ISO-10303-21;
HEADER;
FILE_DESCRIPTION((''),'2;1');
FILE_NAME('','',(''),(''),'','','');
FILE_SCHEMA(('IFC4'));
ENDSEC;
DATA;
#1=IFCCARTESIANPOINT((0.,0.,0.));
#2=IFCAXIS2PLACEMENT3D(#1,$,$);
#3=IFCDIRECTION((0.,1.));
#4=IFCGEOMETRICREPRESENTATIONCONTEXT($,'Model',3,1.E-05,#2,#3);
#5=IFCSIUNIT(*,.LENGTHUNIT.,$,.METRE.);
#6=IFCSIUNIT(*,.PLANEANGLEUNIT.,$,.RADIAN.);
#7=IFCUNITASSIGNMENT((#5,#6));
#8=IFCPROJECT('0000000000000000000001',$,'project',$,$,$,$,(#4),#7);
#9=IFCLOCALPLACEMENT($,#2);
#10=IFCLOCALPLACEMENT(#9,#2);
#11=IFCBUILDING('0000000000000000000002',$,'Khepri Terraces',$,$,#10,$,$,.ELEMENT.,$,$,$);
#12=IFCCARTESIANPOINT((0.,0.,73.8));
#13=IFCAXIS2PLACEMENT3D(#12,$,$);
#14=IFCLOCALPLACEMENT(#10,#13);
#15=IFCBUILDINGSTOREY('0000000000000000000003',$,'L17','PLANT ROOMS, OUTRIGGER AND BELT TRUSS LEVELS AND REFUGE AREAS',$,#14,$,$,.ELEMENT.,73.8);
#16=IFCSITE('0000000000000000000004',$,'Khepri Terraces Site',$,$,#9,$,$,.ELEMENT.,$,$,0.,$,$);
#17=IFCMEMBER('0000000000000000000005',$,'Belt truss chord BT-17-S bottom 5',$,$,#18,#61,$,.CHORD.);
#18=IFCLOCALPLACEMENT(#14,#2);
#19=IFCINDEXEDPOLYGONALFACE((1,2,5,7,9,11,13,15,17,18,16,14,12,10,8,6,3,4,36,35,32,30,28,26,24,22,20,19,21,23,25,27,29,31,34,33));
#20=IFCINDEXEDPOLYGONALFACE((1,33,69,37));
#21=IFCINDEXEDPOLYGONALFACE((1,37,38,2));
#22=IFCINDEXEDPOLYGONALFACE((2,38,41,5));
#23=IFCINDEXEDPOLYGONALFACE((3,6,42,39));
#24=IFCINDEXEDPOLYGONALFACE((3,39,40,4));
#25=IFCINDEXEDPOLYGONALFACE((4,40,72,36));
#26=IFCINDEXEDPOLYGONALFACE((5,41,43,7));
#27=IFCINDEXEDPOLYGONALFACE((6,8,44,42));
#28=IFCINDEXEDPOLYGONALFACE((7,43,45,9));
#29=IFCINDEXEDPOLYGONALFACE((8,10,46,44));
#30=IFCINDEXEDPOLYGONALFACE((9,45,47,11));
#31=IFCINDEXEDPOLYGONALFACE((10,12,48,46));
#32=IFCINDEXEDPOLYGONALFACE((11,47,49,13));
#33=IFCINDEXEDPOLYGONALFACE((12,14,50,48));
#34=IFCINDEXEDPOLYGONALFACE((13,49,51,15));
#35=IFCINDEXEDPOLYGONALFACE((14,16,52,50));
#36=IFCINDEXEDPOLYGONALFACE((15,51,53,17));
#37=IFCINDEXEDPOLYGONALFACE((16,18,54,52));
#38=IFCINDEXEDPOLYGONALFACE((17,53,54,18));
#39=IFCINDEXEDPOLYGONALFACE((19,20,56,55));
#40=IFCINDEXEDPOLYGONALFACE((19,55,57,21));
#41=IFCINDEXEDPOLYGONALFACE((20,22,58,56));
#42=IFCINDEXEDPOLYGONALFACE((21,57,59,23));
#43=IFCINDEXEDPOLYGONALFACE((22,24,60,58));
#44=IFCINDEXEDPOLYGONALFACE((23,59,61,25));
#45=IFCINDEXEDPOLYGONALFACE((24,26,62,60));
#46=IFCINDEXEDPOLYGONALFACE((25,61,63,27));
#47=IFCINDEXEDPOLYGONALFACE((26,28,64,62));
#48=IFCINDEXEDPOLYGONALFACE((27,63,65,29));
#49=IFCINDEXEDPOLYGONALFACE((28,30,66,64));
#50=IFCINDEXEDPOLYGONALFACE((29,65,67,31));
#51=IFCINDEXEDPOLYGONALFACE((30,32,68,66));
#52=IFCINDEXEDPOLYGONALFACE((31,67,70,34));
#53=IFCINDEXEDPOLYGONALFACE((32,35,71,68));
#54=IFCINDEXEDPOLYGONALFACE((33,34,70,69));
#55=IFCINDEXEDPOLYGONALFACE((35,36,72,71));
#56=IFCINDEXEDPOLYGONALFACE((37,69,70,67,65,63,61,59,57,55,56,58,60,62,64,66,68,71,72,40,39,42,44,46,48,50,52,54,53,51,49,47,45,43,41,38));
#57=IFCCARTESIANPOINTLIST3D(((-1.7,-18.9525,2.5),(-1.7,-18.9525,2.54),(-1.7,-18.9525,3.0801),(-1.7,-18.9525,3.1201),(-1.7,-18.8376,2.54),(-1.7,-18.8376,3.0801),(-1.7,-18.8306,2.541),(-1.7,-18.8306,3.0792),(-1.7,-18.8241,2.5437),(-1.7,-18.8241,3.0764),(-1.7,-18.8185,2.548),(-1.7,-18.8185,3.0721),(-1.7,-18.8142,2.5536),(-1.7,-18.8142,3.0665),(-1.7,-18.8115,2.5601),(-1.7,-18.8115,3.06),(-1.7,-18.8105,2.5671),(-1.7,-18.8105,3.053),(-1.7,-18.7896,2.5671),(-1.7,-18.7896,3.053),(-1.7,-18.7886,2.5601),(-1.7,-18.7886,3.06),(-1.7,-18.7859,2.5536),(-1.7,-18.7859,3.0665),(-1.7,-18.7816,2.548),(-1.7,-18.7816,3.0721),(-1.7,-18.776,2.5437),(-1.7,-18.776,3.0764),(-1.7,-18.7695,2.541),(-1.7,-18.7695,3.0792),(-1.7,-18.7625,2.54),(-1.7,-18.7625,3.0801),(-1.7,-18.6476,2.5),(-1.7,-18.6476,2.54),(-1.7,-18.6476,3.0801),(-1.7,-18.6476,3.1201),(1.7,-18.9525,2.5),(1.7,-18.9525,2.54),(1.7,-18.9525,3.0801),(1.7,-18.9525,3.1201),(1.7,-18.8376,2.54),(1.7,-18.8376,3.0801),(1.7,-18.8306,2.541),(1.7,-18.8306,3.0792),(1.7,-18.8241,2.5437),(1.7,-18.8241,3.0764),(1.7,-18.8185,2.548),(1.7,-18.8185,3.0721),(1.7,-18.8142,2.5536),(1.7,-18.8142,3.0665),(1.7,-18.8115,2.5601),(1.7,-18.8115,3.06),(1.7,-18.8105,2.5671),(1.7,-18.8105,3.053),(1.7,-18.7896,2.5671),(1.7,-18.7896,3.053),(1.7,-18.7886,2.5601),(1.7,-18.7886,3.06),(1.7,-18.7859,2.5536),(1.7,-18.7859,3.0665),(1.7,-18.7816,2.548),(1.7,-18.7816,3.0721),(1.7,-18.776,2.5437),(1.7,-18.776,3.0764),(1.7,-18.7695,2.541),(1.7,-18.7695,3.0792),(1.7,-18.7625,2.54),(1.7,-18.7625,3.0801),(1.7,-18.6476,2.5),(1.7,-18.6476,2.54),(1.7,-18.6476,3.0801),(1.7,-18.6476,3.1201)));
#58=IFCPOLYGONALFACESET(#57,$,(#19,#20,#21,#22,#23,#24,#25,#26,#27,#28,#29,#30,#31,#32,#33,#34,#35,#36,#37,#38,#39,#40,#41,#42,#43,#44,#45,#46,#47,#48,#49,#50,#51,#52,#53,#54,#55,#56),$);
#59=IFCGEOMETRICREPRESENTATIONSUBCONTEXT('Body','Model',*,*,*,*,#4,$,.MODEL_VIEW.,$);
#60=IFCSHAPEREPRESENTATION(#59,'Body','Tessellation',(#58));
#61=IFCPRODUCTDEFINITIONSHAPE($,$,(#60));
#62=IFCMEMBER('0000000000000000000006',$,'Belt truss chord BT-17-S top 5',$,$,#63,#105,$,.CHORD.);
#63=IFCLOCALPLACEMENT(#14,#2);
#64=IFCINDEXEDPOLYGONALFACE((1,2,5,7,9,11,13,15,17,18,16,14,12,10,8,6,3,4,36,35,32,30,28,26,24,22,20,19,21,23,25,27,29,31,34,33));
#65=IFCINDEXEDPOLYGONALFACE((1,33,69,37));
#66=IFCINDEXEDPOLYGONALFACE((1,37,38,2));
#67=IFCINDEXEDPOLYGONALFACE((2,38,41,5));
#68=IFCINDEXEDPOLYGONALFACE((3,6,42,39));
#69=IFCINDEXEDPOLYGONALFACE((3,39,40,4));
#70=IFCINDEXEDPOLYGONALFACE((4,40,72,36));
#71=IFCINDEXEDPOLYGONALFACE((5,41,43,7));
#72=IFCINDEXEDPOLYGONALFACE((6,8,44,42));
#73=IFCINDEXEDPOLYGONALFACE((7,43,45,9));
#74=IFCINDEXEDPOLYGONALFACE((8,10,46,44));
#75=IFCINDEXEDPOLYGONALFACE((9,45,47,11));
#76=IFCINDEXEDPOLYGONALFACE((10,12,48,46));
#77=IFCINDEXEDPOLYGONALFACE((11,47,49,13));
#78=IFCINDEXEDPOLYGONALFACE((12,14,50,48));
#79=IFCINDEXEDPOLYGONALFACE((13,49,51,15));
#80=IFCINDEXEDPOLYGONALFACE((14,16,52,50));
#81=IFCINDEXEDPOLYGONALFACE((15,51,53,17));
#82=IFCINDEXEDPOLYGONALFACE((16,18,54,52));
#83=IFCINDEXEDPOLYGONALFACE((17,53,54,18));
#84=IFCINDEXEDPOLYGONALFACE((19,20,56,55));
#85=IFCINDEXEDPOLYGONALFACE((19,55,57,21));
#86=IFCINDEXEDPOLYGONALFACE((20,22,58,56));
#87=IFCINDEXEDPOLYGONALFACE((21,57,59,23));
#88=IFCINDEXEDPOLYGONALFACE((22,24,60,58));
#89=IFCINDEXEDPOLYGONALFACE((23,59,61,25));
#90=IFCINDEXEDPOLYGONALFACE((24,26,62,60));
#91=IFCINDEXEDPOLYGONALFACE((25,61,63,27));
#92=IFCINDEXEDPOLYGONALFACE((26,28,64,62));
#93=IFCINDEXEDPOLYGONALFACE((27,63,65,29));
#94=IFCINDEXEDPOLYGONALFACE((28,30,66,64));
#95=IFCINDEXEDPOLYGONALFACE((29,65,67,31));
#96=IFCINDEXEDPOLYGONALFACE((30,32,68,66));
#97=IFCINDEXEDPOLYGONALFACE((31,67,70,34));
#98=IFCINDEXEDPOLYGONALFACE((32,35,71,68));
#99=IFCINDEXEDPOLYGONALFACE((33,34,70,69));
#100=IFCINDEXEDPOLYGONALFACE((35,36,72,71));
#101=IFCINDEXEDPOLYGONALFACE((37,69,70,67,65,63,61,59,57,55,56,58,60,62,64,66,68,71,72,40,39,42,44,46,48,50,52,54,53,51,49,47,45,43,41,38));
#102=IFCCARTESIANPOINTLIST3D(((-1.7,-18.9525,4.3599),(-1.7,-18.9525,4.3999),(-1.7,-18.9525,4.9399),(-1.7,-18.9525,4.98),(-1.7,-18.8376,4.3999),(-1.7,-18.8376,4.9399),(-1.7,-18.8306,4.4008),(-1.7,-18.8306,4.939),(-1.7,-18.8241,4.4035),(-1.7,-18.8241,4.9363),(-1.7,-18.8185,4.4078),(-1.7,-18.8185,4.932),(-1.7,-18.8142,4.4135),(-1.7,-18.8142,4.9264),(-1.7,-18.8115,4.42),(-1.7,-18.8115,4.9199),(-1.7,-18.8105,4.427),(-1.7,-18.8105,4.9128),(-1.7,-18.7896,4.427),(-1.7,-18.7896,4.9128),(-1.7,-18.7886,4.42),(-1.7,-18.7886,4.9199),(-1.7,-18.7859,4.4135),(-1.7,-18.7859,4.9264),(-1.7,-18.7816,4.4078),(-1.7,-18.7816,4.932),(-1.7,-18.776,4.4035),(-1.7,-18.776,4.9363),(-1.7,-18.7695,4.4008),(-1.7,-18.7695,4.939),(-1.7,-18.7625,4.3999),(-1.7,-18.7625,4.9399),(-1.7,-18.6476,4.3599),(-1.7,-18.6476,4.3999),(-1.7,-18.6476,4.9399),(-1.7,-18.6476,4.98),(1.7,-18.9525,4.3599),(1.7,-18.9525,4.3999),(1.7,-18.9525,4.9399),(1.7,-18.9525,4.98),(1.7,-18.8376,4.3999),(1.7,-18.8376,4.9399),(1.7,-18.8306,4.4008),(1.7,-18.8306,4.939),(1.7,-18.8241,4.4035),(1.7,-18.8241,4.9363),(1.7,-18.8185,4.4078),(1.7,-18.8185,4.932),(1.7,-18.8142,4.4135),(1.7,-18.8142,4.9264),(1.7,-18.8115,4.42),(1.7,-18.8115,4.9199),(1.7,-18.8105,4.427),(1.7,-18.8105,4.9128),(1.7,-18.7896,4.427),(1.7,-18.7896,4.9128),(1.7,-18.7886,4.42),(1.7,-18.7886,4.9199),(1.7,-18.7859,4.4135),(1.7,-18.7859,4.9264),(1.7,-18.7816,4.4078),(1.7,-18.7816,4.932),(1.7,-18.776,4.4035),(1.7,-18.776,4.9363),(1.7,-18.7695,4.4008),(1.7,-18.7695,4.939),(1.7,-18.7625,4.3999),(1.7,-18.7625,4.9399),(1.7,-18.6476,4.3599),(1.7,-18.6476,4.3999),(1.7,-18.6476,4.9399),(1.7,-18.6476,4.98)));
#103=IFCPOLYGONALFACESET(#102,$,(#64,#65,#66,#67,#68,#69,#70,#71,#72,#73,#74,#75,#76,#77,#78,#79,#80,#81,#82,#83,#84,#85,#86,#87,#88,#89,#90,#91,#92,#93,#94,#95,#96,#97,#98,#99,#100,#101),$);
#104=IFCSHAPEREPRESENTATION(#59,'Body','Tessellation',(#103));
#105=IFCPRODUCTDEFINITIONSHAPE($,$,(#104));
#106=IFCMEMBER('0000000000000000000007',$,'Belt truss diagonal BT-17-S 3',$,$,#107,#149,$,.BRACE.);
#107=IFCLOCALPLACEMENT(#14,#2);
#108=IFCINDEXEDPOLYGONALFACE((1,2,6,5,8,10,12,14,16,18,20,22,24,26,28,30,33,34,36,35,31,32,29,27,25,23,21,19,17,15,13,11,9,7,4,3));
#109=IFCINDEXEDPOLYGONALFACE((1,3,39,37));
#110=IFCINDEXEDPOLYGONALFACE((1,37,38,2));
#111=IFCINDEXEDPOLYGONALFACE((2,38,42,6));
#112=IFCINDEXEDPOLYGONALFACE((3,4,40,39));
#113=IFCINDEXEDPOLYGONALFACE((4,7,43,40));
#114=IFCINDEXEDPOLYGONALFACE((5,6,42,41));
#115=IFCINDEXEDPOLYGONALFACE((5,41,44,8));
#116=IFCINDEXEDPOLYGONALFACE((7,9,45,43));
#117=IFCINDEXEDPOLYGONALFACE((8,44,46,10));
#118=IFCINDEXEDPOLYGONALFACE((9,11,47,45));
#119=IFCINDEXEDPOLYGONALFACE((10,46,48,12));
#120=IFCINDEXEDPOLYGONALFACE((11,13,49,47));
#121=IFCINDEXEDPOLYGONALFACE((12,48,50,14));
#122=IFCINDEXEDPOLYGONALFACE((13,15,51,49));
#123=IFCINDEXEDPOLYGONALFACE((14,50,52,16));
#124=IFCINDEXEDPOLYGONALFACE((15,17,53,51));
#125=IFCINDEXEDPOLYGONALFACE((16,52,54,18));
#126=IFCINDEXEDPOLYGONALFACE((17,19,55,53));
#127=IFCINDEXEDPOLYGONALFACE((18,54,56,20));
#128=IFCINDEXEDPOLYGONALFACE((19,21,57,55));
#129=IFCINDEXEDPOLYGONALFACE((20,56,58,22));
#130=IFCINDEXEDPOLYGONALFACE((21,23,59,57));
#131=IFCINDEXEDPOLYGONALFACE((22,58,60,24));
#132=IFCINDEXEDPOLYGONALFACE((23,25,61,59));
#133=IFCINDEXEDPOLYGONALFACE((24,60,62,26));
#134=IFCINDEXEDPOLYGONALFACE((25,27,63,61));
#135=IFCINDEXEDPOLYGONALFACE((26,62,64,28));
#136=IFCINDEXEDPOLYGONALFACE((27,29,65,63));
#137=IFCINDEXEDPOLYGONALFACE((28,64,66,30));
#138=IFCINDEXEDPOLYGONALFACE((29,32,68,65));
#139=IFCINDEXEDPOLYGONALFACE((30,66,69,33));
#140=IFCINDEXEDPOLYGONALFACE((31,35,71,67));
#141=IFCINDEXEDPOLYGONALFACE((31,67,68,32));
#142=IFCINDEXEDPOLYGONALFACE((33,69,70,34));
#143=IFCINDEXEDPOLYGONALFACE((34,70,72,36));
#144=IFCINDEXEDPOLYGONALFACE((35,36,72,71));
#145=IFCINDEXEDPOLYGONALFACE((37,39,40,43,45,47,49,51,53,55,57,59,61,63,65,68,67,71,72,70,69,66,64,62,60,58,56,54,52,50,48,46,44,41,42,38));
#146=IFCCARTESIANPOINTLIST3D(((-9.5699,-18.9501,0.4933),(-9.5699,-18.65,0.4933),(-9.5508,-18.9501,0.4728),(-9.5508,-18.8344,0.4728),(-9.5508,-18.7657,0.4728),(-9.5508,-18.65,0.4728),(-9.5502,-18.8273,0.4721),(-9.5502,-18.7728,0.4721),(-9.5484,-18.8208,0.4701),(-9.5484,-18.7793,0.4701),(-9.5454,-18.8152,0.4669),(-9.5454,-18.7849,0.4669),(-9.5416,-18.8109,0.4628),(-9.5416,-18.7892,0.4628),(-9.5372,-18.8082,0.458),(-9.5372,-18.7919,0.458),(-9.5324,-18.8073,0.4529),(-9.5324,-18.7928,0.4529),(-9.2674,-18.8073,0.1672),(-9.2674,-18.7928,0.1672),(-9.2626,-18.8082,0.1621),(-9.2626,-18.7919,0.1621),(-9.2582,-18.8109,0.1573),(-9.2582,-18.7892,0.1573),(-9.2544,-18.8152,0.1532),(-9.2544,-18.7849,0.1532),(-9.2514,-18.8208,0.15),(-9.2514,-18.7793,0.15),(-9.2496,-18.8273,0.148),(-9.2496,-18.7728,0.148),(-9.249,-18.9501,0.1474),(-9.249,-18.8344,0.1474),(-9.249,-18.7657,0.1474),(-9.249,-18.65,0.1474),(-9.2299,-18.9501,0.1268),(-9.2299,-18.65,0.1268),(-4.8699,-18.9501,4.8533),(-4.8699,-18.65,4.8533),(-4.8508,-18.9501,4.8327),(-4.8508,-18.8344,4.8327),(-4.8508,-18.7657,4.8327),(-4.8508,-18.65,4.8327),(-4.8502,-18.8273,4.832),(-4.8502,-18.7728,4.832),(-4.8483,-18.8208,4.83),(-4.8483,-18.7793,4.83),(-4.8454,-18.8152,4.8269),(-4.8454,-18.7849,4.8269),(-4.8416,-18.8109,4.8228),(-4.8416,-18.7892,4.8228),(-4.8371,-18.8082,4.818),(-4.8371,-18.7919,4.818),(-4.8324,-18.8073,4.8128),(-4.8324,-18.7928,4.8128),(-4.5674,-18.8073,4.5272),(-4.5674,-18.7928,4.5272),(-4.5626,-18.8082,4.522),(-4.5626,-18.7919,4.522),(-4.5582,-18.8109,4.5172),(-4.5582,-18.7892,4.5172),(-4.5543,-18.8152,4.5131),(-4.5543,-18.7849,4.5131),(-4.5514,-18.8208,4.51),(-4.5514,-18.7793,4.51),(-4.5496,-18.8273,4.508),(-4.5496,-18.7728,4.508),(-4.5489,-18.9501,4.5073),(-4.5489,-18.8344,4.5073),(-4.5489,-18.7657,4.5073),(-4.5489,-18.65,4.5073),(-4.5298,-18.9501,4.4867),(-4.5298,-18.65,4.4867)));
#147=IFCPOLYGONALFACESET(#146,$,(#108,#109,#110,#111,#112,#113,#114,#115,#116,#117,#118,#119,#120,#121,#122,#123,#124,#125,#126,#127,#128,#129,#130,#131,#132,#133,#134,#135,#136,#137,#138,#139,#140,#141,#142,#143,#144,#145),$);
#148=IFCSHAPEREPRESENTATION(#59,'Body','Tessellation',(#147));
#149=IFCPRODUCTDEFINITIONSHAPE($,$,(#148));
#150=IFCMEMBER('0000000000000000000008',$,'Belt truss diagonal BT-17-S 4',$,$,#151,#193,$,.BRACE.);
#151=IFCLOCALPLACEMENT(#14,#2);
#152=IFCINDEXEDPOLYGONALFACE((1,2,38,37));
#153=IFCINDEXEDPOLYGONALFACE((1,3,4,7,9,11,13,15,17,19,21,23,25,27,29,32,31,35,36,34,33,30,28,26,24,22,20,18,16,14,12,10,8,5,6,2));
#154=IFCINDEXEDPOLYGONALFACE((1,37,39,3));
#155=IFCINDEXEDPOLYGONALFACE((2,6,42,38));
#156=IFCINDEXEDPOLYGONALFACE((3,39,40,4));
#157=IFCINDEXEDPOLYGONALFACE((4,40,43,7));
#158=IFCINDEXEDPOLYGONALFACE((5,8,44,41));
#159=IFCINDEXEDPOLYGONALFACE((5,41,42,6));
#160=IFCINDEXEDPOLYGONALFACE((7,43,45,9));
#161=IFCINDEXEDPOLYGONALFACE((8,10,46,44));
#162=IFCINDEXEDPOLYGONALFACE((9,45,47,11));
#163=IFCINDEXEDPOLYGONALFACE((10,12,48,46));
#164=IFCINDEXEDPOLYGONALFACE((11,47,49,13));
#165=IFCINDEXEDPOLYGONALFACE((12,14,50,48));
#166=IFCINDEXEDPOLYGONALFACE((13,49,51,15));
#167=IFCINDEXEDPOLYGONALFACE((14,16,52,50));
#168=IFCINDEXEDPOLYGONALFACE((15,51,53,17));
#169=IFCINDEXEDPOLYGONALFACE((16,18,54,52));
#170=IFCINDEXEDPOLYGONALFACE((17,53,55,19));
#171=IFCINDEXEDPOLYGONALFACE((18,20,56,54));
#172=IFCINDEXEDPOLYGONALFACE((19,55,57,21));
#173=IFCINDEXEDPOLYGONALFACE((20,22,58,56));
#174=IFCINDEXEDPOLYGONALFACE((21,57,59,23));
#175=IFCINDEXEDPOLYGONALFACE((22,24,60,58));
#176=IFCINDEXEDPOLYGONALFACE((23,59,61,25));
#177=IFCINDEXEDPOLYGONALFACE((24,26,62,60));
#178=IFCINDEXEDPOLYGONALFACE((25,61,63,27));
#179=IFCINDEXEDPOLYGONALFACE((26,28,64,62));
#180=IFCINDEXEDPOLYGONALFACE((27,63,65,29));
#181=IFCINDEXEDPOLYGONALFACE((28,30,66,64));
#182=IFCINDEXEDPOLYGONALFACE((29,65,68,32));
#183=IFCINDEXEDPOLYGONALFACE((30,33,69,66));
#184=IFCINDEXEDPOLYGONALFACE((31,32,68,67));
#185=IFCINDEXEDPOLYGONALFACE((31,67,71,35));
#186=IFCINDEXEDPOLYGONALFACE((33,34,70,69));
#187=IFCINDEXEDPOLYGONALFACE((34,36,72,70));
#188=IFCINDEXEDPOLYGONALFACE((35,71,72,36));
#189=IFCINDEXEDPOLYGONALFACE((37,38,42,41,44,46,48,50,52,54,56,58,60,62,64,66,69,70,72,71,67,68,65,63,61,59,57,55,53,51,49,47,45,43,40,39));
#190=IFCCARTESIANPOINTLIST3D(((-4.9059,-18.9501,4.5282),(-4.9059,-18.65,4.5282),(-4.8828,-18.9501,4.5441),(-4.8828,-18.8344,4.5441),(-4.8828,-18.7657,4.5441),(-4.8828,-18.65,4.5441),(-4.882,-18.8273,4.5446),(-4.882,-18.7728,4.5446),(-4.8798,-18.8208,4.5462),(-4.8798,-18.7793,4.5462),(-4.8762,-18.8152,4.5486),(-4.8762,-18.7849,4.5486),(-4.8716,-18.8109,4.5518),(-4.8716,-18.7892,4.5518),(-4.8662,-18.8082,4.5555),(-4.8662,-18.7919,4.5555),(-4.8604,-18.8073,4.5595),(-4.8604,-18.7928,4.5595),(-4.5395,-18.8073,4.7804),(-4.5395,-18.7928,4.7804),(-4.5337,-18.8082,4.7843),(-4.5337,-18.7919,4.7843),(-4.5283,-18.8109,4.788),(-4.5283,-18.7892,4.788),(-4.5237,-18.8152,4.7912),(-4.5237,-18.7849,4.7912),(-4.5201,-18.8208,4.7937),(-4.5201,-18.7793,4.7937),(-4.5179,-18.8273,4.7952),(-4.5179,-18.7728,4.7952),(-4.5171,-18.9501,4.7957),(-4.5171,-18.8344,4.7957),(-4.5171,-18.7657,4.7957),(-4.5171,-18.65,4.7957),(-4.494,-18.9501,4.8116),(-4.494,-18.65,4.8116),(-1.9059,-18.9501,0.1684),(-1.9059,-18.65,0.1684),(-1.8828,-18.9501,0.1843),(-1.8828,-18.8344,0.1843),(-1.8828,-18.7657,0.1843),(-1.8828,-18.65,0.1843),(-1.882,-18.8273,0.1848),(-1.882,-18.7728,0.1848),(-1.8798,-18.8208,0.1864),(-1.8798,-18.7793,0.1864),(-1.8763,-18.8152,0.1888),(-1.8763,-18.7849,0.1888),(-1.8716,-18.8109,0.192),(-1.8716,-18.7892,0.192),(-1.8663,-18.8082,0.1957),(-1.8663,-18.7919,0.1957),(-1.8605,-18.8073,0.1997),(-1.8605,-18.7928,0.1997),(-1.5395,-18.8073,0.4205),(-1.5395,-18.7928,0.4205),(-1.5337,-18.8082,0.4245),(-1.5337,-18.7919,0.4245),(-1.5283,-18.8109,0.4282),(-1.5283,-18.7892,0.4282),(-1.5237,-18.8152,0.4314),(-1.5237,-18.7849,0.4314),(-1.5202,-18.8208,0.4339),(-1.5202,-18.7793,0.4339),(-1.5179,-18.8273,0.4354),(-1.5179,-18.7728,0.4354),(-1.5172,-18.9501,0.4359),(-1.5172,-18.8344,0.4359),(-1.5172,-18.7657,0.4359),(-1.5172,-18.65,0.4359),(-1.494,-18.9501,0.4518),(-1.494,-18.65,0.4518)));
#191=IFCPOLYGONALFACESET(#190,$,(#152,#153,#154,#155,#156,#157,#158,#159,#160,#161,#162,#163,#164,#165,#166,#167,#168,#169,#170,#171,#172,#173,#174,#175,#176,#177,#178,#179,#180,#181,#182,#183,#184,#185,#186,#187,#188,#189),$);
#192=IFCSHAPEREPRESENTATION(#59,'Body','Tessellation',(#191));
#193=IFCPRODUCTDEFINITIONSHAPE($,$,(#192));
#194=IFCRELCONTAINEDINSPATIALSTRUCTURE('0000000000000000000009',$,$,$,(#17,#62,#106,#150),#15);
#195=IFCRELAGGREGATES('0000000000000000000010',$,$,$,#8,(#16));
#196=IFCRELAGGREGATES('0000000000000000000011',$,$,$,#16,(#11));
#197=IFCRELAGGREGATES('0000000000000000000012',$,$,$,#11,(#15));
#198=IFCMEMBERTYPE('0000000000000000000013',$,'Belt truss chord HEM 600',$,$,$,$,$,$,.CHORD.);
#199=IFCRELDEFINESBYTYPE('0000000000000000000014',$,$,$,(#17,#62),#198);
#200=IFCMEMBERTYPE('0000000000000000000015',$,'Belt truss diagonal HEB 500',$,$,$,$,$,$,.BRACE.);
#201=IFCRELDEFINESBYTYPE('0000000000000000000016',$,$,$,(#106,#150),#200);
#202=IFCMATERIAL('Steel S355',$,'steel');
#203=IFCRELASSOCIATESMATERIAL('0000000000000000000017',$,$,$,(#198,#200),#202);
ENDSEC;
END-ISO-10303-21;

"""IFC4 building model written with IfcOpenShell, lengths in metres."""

from ifc_helpers import new_model, si_unit, direction, frame, origin, origin_2d, place, context, subcontext, project, spatial, i_section, extrude, material, material_profile, profile_set, type_object, element, save


model = new_model("IFC4")

# Units and contexts
model_context = context("Model", 3, precision=1e-05, world=origin(), true_north=direction((0.0, 1.0)))
body_context = subcontext(model_context, "Body", "Model", "MODEL_VIEW")
ifc_project = project(units=[si_unit("LENGTHUNIT", "METRE"), si_unit("PLANEANGLEUNIT", "RADIAN")], contexts=[model_context])

# Site, building, storey
site_placement = place(None, origin())
site = spatial("IfcSite", under=ifc_project, at=site_placement, Name="Khepri Terraces Site", CompositionType="ELEMENT", RefElevation=0.0)
building_placement = place(site_placement, origin())
building = spatial("IfcBuilding", under=site, at=building_placement, Name="Khepri Terraces", CompositionType="ELEMENT")
storey_placement = place(building_placement, frame((0.0, 0.0, 73.8)))
storey = spatial("IfcBuildingStorey", under=building, at=storey_placement, Name="L17", Description="PLANT ROOMS, OUTRIGGER AND BELT TRUSS LEVELS AND REFUGE AREAS", CompositionType="ELEMENT", Elevation=73.8)

# Members
ifc_material_1 = material(Name="Steel S355", Category="steel")
ifc_material_profile_1 = material_profile(ifc_material_1, i_section(OverallWidth=0.3049, OverallDepth=0.6201, WebThickness=0.021, FlangeThickness=0.04, FilletRadius=0.0271, at=origin_2d()), Name="Steel S355", Category="steel")
ifc_profile_set_1 = profile_set([ifc_material_profile_1], Name="Steel S355")
member_type_1 = type_object("IfcMemberType", Name="Belt truss chord HEM 600", PredefinedType="CHORD", material=ifc_profile_set_1)
for number, where, z_axis, x_axis, name in (
    (1, (-1.7, -18.8, 2.8101), (1.0, 0.0, 0.0), (0.0, 1.0, 0.0), "Belt truss chord BT-17-S bottom 5"),
    (2, (-1.7, -18.8, 4.6699), (1.0, 0.0, 0.0), (0.0, 1.0, 0.0), "Belt truss chord BT-17-S top 5"),
):
    element("IfcMember", number, at=place(storey_placement, frame(where, z_axis=z_axis, x_axis=x_axis)), inside=storey, type_object=member_type_1, Name=name, PredefinedType="CHORD", context=body_context, shape_type="SweptSolid", body=[
        extrude(i_section(OverallWidth=0.3049, OverallDepth=0.6201, WebThickness=0.021, FlangeThickness=0.04, FilletRadius=0.0271, at=origin_2d()), origin(), (0.0, 0.0, 1.0), 3.3999),
    ])
ifc_material_profile_2 = material_profile(ifc_material_1, i_section(OverallWidth=0.3, OverallDepth=0.5, WebThickness=0.0144, FlangeThickness=0.0281, FilletRadius=0.0271, at=origin_2d()), Name="Steel S355", Category="steel")
ifc_profile_set_2 = profile_set([ifc_material_profile_2], Name="Steel S355")
member_type_2 = type_object("IfcMemberType", Name="Belt truss diagonal HEB 500", PredefinedType="BRACE", material=ifc_profile_set_2)
member_1_placement = place(storey_placement, frame((-9.3999, -18.8, 0.3101), z_axis=(0.733134, 0.0, 0.680084), x_axis=(0.0, 1.0, 0.0)))
element("IfcMember", 3, at=member_1_placement, inside=storey, type_object=member_type_2, Name="Belt truss diagonal BT-17-S 3", PredefinedType="BRACE", context=body_context, shape_type="SweptSolid", body=[
    extrude(i_section(OverallWidth=0.3, OverallDepth=0.5, WebThickness=0.0144, FlangeThickness=0.0281, FilletRadius=0.0271, at=origin_2d()), origin(), (0.0, 0.0, 1.0), 6.4109),
])
member_2_placement = place(storey_placement, frame((-4.7, -18.8, 4.6699), z_axis=(0.566862, 0.0, -0.823813), x_axis=(0.0, 1.0, 0.0)))
element("IfcMember", 4, at=member_2_placement, inside=storey, type_object=member_type_2, Name="Belt truss diagonal BT-17-S 4", PredefinedType="BRACE", context=body_context, shape_type="SweptSolid", body=[
    extrude(i_section(OverallWidth=0.3, OverallDepth=0.5, WebThickness=0.0144, FlangeThickness=0.0281, FilletRadius=0.0271, at=origin_2d()), origin(), (0.0, 0.0, 1.0), 5.2922),
])

save(model, "model.ifc")
